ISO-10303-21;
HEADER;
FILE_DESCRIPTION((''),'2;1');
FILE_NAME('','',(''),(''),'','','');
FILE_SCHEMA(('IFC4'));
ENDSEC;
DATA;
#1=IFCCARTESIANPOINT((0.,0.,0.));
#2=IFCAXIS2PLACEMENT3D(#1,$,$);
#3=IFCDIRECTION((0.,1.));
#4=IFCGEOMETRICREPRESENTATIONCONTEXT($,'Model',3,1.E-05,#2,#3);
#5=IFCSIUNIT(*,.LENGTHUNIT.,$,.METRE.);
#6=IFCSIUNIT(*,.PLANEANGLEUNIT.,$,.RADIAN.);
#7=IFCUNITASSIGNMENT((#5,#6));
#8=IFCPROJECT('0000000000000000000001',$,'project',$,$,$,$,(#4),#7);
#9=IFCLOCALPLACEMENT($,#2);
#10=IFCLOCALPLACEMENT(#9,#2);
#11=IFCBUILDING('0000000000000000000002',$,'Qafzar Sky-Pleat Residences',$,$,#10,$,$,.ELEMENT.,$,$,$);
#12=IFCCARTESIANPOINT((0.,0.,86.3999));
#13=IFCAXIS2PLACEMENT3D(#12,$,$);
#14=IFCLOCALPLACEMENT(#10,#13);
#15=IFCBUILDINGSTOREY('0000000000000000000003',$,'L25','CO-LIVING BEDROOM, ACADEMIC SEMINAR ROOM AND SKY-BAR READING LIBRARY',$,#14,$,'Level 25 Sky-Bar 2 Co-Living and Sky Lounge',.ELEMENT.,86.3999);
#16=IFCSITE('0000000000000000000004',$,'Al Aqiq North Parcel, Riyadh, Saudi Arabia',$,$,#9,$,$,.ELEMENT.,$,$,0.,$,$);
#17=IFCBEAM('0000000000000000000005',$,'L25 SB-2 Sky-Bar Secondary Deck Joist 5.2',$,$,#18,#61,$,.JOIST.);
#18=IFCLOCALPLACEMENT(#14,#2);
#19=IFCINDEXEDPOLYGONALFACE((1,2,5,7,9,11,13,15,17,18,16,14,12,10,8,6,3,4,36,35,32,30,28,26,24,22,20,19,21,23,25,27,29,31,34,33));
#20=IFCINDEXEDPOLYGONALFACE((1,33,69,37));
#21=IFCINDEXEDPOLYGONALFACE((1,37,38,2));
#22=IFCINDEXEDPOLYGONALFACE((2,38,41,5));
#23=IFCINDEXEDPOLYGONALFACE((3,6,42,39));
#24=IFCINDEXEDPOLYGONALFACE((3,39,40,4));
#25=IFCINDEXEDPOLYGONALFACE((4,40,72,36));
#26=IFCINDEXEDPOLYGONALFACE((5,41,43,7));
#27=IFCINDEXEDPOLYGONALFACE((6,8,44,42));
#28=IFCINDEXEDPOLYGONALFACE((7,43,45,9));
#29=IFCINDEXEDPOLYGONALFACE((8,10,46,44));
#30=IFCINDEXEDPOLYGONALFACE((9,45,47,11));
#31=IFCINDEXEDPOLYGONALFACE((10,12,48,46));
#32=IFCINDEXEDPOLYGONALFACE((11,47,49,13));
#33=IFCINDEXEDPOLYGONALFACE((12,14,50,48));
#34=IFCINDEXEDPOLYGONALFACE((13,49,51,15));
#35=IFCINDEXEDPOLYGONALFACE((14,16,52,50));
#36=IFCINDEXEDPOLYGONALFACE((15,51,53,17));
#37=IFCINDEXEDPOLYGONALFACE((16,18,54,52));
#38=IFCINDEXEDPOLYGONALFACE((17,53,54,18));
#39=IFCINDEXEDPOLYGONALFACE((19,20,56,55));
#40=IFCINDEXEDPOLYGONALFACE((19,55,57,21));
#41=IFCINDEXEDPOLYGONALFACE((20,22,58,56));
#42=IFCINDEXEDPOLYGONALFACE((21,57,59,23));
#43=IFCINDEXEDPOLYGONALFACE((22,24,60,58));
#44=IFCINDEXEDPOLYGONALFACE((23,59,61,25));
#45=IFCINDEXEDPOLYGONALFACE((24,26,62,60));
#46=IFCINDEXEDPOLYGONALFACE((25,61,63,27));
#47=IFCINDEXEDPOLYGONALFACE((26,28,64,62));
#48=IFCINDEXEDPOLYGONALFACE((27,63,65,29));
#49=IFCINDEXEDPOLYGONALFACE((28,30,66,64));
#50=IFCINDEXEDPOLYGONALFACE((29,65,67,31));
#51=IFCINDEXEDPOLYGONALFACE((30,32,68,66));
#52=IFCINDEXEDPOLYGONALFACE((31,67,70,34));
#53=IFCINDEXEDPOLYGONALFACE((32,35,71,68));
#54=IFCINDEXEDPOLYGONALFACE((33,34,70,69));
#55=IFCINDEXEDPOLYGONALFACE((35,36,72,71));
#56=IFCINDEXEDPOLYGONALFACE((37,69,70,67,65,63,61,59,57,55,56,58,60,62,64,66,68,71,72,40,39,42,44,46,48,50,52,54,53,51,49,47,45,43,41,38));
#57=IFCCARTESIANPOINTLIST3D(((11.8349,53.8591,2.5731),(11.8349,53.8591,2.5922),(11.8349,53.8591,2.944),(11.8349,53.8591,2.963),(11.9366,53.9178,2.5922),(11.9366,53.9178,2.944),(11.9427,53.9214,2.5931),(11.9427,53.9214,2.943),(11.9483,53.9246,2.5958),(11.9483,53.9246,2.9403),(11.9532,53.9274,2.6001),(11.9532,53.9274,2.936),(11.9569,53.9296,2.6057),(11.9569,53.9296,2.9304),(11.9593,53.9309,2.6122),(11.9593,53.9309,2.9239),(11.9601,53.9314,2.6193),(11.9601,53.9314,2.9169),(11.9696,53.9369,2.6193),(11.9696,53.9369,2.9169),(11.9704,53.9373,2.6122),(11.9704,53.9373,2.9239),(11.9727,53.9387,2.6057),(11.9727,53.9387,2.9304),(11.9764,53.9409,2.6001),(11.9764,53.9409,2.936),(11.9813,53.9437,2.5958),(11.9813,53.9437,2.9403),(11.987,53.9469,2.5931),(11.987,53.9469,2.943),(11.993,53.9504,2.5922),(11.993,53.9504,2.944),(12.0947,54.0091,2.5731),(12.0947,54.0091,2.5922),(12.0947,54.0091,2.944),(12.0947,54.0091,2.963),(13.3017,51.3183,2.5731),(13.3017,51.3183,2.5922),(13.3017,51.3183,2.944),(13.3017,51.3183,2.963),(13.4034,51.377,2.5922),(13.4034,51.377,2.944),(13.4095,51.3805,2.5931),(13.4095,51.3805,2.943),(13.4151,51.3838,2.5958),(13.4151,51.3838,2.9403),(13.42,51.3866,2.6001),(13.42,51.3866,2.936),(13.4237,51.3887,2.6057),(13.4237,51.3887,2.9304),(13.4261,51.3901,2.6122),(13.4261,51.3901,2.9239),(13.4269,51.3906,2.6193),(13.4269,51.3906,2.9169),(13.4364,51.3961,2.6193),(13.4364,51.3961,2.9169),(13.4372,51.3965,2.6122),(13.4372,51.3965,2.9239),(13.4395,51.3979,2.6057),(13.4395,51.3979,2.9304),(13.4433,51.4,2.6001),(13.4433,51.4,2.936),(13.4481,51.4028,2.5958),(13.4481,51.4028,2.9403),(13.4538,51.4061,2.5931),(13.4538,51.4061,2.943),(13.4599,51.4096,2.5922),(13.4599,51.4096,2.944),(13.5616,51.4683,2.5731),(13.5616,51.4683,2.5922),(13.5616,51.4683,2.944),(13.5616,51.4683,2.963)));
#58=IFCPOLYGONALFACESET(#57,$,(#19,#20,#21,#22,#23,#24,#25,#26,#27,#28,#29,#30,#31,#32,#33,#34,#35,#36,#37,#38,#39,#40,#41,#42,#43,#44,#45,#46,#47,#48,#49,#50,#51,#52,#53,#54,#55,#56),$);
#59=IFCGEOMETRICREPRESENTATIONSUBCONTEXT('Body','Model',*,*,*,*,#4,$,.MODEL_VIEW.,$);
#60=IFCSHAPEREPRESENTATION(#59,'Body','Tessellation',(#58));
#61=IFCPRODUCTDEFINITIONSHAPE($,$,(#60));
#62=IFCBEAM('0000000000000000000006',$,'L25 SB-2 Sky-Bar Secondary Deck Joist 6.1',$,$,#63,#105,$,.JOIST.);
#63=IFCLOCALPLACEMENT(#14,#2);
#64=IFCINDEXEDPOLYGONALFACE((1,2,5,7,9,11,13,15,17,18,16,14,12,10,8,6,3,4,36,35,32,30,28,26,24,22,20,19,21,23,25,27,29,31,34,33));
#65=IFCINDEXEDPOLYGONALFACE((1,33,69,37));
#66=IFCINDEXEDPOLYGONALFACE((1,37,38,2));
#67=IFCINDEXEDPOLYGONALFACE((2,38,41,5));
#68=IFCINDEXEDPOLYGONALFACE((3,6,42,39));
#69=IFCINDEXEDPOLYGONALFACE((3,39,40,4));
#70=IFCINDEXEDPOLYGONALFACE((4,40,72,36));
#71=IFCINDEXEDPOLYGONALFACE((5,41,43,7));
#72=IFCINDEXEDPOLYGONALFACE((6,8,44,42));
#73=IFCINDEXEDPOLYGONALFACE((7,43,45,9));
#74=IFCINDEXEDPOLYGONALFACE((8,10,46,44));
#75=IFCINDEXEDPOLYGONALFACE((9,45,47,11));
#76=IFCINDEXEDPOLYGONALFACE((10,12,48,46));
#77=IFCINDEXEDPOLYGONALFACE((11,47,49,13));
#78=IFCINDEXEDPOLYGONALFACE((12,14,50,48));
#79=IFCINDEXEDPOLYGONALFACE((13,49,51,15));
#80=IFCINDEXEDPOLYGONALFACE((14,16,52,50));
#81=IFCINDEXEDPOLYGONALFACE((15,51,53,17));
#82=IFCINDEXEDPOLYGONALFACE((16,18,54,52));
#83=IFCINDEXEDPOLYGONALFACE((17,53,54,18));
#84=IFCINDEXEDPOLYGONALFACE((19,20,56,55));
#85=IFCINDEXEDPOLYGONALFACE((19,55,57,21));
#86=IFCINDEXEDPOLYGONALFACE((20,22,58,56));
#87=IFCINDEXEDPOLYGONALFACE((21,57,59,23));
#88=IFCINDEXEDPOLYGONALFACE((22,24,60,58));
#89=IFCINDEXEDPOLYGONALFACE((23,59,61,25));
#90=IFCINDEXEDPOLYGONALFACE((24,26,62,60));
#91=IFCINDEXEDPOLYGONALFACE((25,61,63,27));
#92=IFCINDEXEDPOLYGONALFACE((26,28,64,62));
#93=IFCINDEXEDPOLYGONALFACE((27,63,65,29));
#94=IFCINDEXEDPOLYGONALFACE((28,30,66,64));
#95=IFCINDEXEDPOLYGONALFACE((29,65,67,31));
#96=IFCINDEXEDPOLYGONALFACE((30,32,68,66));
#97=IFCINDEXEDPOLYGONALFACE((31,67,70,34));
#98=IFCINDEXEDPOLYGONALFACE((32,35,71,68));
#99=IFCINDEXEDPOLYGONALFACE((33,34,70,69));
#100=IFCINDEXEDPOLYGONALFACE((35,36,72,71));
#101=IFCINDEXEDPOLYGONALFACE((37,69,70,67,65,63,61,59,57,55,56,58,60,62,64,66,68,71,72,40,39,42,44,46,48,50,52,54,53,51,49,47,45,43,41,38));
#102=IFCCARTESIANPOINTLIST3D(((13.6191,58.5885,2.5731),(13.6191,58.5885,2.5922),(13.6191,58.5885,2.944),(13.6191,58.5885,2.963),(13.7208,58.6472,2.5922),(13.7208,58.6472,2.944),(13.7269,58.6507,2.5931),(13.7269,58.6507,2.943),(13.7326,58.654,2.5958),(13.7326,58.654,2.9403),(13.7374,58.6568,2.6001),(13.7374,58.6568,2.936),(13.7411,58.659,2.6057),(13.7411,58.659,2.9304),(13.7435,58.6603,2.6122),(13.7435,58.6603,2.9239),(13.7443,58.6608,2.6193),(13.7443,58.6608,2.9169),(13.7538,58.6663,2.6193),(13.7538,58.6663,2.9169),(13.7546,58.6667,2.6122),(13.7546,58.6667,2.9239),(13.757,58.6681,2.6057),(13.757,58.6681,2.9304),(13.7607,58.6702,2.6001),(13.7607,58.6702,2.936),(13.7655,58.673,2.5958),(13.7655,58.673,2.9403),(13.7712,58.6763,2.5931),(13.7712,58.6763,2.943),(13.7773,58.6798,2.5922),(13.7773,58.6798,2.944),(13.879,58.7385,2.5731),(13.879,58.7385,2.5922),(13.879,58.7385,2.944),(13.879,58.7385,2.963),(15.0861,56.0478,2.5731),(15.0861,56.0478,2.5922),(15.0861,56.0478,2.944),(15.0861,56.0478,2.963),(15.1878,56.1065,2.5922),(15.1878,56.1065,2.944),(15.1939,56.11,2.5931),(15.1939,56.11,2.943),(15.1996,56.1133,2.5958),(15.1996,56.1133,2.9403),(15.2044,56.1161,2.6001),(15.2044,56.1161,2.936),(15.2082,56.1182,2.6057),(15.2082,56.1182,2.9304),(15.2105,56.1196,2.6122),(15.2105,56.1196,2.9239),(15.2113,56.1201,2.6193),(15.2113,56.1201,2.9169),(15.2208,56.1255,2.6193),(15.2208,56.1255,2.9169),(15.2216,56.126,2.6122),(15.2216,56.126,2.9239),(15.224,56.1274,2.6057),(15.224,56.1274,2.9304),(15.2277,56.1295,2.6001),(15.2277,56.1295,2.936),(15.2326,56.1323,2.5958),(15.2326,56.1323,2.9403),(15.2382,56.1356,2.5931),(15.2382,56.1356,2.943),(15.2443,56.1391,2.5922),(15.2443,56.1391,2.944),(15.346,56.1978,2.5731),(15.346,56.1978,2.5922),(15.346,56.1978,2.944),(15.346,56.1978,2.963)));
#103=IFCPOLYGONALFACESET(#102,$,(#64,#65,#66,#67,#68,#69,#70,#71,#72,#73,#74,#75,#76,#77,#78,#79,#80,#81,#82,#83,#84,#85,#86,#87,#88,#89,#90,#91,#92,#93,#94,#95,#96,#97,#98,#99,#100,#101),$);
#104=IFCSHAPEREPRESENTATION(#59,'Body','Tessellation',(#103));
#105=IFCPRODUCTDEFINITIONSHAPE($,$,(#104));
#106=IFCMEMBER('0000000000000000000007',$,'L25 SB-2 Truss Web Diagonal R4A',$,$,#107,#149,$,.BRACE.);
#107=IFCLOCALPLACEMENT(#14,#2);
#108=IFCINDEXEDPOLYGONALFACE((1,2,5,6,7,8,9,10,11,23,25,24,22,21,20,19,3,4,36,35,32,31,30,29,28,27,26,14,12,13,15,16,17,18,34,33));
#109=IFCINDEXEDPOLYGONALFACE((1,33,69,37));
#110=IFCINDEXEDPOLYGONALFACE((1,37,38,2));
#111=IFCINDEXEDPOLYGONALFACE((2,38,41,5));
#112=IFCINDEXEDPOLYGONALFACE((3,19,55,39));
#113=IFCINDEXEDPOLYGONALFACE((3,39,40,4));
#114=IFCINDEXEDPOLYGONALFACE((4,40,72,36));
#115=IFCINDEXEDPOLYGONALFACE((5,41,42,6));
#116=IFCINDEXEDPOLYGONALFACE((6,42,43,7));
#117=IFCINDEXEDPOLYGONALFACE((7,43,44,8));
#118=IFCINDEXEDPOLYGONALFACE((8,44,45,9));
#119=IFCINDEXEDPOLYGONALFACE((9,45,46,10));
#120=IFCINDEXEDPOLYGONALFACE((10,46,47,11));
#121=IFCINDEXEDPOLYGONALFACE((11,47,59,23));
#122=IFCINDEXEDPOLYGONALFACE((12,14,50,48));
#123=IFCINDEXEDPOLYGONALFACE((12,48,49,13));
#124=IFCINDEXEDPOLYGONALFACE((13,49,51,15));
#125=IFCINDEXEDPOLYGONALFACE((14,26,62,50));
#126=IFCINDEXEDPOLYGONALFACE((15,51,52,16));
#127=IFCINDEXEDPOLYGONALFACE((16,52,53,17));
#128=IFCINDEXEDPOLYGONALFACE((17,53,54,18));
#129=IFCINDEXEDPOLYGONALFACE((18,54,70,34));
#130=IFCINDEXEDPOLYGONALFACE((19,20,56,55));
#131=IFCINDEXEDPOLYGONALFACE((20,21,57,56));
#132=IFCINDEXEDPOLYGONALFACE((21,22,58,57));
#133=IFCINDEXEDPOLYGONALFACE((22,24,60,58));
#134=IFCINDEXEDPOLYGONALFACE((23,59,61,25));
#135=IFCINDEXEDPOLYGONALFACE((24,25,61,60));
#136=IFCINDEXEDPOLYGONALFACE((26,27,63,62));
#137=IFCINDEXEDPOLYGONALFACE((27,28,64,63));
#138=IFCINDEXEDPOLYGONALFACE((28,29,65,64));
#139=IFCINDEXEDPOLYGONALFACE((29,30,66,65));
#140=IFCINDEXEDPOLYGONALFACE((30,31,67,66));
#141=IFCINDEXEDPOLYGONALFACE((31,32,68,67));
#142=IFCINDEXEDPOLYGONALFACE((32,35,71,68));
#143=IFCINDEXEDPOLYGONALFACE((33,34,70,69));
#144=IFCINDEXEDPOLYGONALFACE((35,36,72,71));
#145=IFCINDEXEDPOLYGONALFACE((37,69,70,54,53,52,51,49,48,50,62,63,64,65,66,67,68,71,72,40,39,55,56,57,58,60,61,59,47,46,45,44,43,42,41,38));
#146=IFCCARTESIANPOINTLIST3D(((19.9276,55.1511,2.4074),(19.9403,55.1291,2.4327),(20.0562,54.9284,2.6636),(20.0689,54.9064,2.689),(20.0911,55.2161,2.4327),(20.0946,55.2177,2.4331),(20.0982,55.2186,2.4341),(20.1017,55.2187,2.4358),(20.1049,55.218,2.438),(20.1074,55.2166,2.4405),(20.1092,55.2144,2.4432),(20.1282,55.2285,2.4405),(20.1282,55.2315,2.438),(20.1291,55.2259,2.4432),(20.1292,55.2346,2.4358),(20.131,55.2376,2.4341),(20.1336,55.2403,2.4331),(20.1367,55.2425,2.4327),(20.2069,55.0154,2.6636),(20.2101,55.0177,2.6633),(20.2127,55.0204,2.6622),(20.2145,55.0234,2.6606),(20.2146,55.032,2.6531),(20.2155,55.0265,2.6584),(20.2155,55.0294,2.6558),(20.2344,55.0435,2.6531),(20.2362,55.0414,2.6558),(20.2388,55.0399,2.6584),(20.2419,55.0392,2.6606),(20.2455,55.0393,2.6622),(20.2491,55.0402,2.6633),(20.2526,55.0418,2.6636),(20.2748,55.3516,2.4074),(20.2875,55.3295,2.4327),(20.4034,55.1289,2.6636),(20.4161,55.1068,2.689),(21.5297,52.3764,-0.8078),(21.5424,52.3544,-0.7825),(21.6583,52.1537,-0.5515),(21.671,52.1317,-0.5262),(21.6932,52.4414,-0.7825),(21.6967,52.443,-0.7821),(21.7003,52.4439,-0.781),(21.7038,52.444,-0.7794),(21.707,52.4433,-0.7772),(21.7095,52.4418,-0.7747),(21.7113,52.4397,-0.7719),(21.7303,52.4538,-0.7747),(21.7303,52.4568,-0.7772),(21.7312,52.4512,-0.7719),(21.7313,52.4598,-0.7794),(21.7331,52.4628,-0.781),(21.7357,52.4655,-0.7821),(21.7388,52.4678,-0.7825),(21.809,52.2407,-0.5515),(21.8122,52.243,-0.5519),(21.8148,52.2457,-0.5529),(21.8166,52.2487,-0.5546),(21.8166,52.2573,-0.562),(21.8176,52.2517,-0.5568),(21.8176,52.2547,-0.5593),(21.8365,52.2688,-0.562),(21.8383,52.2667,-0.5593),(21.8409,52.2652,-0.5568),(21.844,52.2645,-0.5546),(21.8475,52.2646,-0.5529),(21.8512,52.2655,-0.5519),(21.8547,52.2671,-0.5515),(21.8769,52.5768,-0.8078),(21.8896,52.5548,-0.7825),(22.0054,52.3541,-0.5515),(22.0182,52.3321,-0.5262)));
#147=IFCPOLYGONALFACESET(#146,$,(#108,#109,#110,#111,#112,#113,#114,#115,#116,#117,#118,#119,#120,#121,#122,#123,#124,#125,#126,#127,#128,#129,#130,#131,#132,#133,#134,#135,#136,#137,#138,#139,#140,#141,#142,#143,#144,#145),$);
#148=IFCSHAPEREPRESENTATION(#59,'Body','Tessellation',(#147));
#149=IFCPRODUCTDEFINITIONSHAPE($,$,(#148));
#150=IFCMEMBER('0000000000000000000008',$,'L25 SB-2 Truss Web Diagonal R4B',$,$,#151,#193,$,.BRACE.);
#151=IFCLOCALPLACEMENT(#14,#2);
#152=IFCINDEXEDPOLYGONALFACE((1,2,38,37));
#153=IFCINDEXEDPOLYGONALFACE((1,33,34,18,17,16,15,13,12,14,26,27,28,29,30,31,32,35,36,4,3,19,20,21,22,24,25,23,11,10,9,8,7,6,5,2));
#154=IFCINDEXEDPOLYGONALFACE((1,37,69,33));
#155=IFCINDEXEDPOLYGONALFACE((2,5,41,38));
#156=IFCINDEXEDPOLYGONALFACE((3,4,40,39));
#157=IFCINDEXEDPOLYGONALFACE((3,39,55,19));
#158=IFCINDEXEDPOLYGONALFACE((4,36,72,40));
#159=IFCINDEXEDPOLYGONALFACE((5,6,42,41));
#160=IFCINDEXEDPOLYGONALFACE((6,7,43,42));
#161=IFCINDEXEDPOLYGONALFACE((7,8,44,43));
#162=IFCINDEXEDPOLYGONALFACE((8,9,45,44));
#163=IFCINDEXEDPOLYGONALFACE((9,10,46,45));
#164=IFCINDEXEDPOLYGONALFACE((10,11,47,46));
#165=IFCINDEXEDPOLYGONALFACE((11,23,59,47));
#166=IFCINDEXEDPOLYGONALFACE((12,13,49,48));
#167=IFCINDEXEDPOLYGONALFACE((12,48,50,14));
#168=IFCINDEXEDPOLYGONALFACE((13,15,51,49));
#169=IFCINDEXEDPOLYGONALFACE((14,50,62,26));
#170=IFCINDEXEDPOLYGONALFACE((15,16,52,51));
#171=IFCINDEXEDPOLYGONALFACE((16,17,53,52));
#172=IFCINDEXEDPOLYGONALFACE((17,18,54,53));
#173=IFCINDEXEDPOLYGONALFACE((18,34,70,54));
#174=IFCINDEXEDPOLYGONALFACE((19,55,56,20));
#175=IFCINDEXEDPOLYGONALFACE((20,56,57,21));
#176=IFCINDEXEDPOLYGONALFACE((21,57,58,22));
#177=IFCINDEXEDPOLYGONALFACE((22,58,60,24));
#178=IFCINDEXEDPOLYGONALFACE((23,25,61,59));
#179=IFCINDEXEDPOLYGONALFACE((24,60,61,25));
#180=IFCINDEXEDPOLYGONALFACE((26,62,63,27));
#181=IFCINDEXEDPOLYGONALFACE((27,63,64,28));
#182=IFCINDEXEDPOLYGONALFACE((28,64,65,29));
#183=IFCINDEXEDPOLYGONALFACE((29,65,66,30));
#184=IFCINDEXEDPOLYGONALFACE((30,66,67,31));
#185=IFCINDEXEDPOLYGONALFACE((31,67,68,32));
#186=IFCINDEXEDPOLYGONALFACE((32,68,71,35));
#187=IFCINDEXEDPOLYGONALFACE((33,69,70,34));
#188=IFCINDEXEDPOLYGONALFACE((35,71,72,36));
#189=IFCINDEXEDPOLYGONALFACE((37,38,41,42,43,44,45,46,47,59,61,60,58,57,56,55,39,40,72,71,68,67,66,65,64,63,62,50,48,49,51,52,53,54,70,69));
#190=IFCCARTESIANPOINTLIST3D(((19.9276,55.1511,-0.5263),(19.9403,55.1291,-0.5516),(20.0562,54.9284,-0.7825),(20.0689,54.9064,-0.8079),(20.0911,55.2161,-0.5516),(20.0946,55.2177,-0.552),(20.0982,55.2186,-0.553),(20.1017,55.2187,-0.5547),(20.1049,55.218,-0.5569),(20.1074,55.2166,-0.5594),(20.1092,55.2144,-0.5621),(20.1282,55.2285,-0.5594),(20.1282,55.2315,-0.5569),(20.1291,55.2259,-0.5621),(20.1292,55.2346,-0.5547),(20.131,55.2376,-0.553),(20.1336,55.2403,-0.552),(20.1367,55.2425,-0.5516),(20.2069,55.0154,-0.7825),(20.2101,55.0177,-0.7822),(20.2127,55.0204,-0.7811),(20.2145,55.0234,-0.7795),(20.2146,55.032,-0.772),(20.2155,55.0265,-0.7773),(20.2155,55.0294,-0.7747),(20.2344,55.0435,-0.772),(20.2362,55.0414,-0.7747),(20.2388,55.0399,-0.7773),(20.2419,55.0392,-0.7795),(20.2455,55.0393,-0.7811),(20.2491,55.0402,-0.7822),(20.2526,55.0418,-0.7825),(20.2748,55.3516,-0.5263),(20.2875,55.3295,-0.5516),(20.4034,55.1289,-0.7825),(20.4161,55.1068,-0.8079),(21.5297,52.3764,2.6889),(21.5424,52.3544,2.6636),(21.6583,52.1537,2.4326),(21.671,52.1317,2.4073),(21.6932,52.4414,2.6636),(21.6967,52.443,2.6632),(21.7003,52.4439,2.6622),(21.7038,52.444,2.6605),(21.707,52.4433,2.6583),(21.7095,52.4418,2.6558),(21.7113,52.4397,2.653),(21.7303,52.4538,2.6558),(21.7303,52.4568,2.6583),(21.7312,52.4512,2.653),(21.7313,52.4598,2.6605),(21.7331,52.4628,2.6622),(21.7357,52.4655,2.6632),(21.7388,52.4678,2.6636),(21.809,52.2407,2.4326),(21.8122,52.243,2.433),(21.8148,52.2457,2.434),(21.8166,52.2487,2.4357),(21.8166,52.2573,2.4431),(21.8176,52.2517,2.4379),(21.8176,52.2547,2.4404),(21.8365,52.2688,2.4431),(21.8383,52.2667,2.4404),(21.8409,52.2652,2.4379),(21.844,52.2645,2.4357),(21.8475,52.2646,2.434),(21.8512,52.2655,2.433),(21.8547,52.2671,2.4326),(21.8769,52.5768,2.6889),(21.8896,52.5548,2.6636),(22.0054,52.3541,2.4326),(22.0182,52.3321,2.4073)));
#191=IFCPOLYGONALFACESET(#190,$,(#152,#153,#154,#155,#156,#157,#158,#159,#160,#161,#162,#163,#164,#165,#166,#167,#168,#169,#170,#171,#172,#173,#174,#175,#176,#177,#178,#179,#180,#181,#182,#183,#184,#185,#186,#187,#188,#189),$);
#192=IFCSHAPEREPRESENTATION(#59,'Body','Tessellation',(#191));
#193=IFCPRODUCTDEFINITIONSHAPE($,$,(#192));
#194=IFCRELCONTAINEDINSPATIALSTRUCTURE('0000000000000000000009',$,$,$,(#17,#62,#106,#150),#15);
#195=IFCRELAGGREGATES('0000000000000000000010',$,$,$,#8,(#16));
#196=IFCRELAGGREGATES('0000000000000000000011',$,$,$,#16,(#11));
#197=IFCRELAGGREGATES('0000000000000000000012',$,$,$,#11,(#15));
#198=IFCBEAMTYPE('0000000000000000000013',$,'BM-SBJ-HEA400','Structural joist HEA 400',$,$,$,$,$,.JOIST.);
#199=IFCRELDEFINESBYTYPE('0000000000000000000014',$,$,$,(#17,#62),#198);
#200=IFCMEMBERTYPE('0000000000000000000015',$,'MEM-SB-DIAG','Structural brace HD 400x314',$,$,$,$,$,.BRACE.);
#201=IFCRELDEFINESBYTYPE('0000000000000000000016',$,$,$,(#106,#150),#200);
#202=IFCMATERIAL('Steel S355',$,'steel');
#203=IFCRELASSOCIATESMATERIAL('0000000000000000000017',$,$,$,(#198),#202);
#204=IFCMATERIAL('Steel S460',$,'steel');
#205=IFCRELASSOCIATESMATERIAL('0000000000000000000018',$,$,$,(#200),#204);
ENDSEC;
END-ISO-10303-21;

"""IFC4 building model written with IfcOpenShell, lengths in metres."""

from ifc_helpers import new_model, si_unit, direction, frame, origin, origin_2d, place, context, subcontext, project, spatial, i_section, extrude, source, transform, mapped, material, material_profile, profile_set, type_object, element, save


model = new_model("IFC4")

# Units and contexts
model_context = context("Model", 3, precision=1e-05, world=origin(), true_north=direction((0.0, 1.0)))
body_context = subcontext(model_context, "Body", "Model", "MODEL_VIEW")
ifc_project = project(units=[si_unit("LENGTHUNIT", "METRE"), si_unit("PLANEANGLEUNIT", "RADIAN")], contexts=[model_context])

# Site, building, storey
site_placement = place(None, origin())
site = spatial("IfcSite", under=ifc_project, at=site_placement, Name="Al Aqiq North Parcel, Riyadh, Saudi Arabia", CompositionType="ELEMENT", RefElevation=0.0)
building_placement = place(site_placement, origin())
building = spatial("IfcBuilding", under=site, at=building_placement, Name="Qafzar Sky-Pleat Residences", CompositionType="ELEMENT")
storey_placement = place(building_placement, frame((0.0, 0.0, 86.3999)))
storey = spatial("IfcBuildingStorey", under=building, at=storey_placement, Name="L25", Description="CO-LIVING BEDROOM, ACADEMIC SEMINAR ROOM AND SKY-BAR READING LIBRARY", LongName="Level 25 Sky-Bar 2 Co-Living and Sky Lounge", CompositionType="ELEMENT", Elevation=86.3999)

# Beams
ifc_material_1 = material(Name="Steel S355", Category="steel")
ifc_material_profile_1 = material_profile(ifc_material_1, i_section(OverallWidth=0.3, OverallDepth=0.3899, WebThickness=0.011, FlangeThickness=0.019, FilletRadius=0.0271, at=origin_2d()), Name="HEA 400")
ifc_profile_set_1 = profile_set([ifc_material_profile_1], Name="Steel S355")
beam_type = type_object("IfcBeamType", Name="BM-SBJ-HEA400", Description="Structural joist HEA 400", PredefinedType="JOIST", material=ifc_profile_set_1)
shared_shape_1 = source(origin(), body_context, "Body", "SweptSolid", [
    extrude(i_section(OverallWidth=0.3, OverallDepth=0.3899, WebThickness=0.011, FlangeThickness=0.019, FilletRadius=0.0271, at=origin_2d()), origin(), (0.0, 0.0, 1.0), 2.9338),
])
for number, where, z_axis, x_axis, name in (
    (1, (13.4316, 51.3933, 2.7681), (-0.49997, 0.866043, 0.0), (-0.866043, -0.49997, 0.0), "L25 SB-2 Sky-Bar Secondary Deck Joist 5.2"),
    (2, (15.2161, 56.1228, 2.7681), (-0.500032, 0.866007, 0.0), (-0.866007, -0.500032, 0.0), "L25 SB-2 Sky-Bar Secondary Deck Joist 6.1"),
):
    element("IfcBeam", number, at=place(storey_placement, frame(where, z_axis=z_axis, x_axis=x_axis)), inside=storey, type_object=beam_type, Name=name, PredefinedType="JOIST", context=body_context, shape_type="MappedRepresentation", body=[
        mapped(shared_shape_1, transform((0.0, 0.0, 0.0), x_axis=(1.0, 0.0, 0.0), y_axis=(0.0, 1.0, 0.0), z_axis=(0.0, 0.0, 1.0), scale=1.0)),
    ])

# Members
ifc_material_2 = material(Name="Steel S460", Category="steel")
ifc_material_profile_2 = material_profile(ifc_material_2, i_section(OverallWidth=0.4009, OverallDepth=0.3989, WebThickness=0.0229, FlangeThickness=0.0359, FilletRadius=0.0149, at=origin_2d()), Name="HD 400x314")
ifc_profile_set_2 = profile_set([ifc_material_profile_2], Name="Steel S460")
member_type_1 = type_object("IfcMemberType", Name="MEM-SB-DIAG", Description="Structural brace HD 400x314", PredefinedType="BRACE", material=ifc_profile_set_2)
shared_shape_2 = source(origin(), body_context, "Body", "SweptSolid", [
    extrude(i_section(OverallWidth=0.4009, OverallDepth=0.3989, WebThickness=0.0229, FlangeThickness=0.0359, FilletRadius=0.0149, at=origin_2d()), origin(), (0.0, 0.0, 1.0), 4.5391),
])
for number, where, z_axis, x_axis, name in (
    (3, (21.7739, 52.3542, -0.667), (-0.352956, 0.611299, 0.708333), (-0.866012, -0.500024, 0.0), "L25 SB-2 Truss Web Diagonal R4A"),
    (4, (21.7739, 52.3542, 2.5481), (-0.352956, 0.611299, -0.708333), (-0.866012, -0.500024, 0.0), "L25 SB-2 Truss Web Diagonal R4B"),
):
    element("IfcMember", number, at=place(storey_placement, frame(where, z_axis=z_axis, x_axis=x_axis)), inside=storey, type_object=member_type_1, Name=name, PredefinedType="BRACE", context=body_context, shape_type="MappedRepresentation", body=[
        mapped(shared_shape_2, transform((0.0, 0.0, 0.0), x_axis=(1.0, 0.0, 0.0), y_axis=(0.0, 1.0, 0.0), z_axis=(0.0, 0.0, 1.0), scale=1.0)),
    ])

save(model, "model.ifc")
